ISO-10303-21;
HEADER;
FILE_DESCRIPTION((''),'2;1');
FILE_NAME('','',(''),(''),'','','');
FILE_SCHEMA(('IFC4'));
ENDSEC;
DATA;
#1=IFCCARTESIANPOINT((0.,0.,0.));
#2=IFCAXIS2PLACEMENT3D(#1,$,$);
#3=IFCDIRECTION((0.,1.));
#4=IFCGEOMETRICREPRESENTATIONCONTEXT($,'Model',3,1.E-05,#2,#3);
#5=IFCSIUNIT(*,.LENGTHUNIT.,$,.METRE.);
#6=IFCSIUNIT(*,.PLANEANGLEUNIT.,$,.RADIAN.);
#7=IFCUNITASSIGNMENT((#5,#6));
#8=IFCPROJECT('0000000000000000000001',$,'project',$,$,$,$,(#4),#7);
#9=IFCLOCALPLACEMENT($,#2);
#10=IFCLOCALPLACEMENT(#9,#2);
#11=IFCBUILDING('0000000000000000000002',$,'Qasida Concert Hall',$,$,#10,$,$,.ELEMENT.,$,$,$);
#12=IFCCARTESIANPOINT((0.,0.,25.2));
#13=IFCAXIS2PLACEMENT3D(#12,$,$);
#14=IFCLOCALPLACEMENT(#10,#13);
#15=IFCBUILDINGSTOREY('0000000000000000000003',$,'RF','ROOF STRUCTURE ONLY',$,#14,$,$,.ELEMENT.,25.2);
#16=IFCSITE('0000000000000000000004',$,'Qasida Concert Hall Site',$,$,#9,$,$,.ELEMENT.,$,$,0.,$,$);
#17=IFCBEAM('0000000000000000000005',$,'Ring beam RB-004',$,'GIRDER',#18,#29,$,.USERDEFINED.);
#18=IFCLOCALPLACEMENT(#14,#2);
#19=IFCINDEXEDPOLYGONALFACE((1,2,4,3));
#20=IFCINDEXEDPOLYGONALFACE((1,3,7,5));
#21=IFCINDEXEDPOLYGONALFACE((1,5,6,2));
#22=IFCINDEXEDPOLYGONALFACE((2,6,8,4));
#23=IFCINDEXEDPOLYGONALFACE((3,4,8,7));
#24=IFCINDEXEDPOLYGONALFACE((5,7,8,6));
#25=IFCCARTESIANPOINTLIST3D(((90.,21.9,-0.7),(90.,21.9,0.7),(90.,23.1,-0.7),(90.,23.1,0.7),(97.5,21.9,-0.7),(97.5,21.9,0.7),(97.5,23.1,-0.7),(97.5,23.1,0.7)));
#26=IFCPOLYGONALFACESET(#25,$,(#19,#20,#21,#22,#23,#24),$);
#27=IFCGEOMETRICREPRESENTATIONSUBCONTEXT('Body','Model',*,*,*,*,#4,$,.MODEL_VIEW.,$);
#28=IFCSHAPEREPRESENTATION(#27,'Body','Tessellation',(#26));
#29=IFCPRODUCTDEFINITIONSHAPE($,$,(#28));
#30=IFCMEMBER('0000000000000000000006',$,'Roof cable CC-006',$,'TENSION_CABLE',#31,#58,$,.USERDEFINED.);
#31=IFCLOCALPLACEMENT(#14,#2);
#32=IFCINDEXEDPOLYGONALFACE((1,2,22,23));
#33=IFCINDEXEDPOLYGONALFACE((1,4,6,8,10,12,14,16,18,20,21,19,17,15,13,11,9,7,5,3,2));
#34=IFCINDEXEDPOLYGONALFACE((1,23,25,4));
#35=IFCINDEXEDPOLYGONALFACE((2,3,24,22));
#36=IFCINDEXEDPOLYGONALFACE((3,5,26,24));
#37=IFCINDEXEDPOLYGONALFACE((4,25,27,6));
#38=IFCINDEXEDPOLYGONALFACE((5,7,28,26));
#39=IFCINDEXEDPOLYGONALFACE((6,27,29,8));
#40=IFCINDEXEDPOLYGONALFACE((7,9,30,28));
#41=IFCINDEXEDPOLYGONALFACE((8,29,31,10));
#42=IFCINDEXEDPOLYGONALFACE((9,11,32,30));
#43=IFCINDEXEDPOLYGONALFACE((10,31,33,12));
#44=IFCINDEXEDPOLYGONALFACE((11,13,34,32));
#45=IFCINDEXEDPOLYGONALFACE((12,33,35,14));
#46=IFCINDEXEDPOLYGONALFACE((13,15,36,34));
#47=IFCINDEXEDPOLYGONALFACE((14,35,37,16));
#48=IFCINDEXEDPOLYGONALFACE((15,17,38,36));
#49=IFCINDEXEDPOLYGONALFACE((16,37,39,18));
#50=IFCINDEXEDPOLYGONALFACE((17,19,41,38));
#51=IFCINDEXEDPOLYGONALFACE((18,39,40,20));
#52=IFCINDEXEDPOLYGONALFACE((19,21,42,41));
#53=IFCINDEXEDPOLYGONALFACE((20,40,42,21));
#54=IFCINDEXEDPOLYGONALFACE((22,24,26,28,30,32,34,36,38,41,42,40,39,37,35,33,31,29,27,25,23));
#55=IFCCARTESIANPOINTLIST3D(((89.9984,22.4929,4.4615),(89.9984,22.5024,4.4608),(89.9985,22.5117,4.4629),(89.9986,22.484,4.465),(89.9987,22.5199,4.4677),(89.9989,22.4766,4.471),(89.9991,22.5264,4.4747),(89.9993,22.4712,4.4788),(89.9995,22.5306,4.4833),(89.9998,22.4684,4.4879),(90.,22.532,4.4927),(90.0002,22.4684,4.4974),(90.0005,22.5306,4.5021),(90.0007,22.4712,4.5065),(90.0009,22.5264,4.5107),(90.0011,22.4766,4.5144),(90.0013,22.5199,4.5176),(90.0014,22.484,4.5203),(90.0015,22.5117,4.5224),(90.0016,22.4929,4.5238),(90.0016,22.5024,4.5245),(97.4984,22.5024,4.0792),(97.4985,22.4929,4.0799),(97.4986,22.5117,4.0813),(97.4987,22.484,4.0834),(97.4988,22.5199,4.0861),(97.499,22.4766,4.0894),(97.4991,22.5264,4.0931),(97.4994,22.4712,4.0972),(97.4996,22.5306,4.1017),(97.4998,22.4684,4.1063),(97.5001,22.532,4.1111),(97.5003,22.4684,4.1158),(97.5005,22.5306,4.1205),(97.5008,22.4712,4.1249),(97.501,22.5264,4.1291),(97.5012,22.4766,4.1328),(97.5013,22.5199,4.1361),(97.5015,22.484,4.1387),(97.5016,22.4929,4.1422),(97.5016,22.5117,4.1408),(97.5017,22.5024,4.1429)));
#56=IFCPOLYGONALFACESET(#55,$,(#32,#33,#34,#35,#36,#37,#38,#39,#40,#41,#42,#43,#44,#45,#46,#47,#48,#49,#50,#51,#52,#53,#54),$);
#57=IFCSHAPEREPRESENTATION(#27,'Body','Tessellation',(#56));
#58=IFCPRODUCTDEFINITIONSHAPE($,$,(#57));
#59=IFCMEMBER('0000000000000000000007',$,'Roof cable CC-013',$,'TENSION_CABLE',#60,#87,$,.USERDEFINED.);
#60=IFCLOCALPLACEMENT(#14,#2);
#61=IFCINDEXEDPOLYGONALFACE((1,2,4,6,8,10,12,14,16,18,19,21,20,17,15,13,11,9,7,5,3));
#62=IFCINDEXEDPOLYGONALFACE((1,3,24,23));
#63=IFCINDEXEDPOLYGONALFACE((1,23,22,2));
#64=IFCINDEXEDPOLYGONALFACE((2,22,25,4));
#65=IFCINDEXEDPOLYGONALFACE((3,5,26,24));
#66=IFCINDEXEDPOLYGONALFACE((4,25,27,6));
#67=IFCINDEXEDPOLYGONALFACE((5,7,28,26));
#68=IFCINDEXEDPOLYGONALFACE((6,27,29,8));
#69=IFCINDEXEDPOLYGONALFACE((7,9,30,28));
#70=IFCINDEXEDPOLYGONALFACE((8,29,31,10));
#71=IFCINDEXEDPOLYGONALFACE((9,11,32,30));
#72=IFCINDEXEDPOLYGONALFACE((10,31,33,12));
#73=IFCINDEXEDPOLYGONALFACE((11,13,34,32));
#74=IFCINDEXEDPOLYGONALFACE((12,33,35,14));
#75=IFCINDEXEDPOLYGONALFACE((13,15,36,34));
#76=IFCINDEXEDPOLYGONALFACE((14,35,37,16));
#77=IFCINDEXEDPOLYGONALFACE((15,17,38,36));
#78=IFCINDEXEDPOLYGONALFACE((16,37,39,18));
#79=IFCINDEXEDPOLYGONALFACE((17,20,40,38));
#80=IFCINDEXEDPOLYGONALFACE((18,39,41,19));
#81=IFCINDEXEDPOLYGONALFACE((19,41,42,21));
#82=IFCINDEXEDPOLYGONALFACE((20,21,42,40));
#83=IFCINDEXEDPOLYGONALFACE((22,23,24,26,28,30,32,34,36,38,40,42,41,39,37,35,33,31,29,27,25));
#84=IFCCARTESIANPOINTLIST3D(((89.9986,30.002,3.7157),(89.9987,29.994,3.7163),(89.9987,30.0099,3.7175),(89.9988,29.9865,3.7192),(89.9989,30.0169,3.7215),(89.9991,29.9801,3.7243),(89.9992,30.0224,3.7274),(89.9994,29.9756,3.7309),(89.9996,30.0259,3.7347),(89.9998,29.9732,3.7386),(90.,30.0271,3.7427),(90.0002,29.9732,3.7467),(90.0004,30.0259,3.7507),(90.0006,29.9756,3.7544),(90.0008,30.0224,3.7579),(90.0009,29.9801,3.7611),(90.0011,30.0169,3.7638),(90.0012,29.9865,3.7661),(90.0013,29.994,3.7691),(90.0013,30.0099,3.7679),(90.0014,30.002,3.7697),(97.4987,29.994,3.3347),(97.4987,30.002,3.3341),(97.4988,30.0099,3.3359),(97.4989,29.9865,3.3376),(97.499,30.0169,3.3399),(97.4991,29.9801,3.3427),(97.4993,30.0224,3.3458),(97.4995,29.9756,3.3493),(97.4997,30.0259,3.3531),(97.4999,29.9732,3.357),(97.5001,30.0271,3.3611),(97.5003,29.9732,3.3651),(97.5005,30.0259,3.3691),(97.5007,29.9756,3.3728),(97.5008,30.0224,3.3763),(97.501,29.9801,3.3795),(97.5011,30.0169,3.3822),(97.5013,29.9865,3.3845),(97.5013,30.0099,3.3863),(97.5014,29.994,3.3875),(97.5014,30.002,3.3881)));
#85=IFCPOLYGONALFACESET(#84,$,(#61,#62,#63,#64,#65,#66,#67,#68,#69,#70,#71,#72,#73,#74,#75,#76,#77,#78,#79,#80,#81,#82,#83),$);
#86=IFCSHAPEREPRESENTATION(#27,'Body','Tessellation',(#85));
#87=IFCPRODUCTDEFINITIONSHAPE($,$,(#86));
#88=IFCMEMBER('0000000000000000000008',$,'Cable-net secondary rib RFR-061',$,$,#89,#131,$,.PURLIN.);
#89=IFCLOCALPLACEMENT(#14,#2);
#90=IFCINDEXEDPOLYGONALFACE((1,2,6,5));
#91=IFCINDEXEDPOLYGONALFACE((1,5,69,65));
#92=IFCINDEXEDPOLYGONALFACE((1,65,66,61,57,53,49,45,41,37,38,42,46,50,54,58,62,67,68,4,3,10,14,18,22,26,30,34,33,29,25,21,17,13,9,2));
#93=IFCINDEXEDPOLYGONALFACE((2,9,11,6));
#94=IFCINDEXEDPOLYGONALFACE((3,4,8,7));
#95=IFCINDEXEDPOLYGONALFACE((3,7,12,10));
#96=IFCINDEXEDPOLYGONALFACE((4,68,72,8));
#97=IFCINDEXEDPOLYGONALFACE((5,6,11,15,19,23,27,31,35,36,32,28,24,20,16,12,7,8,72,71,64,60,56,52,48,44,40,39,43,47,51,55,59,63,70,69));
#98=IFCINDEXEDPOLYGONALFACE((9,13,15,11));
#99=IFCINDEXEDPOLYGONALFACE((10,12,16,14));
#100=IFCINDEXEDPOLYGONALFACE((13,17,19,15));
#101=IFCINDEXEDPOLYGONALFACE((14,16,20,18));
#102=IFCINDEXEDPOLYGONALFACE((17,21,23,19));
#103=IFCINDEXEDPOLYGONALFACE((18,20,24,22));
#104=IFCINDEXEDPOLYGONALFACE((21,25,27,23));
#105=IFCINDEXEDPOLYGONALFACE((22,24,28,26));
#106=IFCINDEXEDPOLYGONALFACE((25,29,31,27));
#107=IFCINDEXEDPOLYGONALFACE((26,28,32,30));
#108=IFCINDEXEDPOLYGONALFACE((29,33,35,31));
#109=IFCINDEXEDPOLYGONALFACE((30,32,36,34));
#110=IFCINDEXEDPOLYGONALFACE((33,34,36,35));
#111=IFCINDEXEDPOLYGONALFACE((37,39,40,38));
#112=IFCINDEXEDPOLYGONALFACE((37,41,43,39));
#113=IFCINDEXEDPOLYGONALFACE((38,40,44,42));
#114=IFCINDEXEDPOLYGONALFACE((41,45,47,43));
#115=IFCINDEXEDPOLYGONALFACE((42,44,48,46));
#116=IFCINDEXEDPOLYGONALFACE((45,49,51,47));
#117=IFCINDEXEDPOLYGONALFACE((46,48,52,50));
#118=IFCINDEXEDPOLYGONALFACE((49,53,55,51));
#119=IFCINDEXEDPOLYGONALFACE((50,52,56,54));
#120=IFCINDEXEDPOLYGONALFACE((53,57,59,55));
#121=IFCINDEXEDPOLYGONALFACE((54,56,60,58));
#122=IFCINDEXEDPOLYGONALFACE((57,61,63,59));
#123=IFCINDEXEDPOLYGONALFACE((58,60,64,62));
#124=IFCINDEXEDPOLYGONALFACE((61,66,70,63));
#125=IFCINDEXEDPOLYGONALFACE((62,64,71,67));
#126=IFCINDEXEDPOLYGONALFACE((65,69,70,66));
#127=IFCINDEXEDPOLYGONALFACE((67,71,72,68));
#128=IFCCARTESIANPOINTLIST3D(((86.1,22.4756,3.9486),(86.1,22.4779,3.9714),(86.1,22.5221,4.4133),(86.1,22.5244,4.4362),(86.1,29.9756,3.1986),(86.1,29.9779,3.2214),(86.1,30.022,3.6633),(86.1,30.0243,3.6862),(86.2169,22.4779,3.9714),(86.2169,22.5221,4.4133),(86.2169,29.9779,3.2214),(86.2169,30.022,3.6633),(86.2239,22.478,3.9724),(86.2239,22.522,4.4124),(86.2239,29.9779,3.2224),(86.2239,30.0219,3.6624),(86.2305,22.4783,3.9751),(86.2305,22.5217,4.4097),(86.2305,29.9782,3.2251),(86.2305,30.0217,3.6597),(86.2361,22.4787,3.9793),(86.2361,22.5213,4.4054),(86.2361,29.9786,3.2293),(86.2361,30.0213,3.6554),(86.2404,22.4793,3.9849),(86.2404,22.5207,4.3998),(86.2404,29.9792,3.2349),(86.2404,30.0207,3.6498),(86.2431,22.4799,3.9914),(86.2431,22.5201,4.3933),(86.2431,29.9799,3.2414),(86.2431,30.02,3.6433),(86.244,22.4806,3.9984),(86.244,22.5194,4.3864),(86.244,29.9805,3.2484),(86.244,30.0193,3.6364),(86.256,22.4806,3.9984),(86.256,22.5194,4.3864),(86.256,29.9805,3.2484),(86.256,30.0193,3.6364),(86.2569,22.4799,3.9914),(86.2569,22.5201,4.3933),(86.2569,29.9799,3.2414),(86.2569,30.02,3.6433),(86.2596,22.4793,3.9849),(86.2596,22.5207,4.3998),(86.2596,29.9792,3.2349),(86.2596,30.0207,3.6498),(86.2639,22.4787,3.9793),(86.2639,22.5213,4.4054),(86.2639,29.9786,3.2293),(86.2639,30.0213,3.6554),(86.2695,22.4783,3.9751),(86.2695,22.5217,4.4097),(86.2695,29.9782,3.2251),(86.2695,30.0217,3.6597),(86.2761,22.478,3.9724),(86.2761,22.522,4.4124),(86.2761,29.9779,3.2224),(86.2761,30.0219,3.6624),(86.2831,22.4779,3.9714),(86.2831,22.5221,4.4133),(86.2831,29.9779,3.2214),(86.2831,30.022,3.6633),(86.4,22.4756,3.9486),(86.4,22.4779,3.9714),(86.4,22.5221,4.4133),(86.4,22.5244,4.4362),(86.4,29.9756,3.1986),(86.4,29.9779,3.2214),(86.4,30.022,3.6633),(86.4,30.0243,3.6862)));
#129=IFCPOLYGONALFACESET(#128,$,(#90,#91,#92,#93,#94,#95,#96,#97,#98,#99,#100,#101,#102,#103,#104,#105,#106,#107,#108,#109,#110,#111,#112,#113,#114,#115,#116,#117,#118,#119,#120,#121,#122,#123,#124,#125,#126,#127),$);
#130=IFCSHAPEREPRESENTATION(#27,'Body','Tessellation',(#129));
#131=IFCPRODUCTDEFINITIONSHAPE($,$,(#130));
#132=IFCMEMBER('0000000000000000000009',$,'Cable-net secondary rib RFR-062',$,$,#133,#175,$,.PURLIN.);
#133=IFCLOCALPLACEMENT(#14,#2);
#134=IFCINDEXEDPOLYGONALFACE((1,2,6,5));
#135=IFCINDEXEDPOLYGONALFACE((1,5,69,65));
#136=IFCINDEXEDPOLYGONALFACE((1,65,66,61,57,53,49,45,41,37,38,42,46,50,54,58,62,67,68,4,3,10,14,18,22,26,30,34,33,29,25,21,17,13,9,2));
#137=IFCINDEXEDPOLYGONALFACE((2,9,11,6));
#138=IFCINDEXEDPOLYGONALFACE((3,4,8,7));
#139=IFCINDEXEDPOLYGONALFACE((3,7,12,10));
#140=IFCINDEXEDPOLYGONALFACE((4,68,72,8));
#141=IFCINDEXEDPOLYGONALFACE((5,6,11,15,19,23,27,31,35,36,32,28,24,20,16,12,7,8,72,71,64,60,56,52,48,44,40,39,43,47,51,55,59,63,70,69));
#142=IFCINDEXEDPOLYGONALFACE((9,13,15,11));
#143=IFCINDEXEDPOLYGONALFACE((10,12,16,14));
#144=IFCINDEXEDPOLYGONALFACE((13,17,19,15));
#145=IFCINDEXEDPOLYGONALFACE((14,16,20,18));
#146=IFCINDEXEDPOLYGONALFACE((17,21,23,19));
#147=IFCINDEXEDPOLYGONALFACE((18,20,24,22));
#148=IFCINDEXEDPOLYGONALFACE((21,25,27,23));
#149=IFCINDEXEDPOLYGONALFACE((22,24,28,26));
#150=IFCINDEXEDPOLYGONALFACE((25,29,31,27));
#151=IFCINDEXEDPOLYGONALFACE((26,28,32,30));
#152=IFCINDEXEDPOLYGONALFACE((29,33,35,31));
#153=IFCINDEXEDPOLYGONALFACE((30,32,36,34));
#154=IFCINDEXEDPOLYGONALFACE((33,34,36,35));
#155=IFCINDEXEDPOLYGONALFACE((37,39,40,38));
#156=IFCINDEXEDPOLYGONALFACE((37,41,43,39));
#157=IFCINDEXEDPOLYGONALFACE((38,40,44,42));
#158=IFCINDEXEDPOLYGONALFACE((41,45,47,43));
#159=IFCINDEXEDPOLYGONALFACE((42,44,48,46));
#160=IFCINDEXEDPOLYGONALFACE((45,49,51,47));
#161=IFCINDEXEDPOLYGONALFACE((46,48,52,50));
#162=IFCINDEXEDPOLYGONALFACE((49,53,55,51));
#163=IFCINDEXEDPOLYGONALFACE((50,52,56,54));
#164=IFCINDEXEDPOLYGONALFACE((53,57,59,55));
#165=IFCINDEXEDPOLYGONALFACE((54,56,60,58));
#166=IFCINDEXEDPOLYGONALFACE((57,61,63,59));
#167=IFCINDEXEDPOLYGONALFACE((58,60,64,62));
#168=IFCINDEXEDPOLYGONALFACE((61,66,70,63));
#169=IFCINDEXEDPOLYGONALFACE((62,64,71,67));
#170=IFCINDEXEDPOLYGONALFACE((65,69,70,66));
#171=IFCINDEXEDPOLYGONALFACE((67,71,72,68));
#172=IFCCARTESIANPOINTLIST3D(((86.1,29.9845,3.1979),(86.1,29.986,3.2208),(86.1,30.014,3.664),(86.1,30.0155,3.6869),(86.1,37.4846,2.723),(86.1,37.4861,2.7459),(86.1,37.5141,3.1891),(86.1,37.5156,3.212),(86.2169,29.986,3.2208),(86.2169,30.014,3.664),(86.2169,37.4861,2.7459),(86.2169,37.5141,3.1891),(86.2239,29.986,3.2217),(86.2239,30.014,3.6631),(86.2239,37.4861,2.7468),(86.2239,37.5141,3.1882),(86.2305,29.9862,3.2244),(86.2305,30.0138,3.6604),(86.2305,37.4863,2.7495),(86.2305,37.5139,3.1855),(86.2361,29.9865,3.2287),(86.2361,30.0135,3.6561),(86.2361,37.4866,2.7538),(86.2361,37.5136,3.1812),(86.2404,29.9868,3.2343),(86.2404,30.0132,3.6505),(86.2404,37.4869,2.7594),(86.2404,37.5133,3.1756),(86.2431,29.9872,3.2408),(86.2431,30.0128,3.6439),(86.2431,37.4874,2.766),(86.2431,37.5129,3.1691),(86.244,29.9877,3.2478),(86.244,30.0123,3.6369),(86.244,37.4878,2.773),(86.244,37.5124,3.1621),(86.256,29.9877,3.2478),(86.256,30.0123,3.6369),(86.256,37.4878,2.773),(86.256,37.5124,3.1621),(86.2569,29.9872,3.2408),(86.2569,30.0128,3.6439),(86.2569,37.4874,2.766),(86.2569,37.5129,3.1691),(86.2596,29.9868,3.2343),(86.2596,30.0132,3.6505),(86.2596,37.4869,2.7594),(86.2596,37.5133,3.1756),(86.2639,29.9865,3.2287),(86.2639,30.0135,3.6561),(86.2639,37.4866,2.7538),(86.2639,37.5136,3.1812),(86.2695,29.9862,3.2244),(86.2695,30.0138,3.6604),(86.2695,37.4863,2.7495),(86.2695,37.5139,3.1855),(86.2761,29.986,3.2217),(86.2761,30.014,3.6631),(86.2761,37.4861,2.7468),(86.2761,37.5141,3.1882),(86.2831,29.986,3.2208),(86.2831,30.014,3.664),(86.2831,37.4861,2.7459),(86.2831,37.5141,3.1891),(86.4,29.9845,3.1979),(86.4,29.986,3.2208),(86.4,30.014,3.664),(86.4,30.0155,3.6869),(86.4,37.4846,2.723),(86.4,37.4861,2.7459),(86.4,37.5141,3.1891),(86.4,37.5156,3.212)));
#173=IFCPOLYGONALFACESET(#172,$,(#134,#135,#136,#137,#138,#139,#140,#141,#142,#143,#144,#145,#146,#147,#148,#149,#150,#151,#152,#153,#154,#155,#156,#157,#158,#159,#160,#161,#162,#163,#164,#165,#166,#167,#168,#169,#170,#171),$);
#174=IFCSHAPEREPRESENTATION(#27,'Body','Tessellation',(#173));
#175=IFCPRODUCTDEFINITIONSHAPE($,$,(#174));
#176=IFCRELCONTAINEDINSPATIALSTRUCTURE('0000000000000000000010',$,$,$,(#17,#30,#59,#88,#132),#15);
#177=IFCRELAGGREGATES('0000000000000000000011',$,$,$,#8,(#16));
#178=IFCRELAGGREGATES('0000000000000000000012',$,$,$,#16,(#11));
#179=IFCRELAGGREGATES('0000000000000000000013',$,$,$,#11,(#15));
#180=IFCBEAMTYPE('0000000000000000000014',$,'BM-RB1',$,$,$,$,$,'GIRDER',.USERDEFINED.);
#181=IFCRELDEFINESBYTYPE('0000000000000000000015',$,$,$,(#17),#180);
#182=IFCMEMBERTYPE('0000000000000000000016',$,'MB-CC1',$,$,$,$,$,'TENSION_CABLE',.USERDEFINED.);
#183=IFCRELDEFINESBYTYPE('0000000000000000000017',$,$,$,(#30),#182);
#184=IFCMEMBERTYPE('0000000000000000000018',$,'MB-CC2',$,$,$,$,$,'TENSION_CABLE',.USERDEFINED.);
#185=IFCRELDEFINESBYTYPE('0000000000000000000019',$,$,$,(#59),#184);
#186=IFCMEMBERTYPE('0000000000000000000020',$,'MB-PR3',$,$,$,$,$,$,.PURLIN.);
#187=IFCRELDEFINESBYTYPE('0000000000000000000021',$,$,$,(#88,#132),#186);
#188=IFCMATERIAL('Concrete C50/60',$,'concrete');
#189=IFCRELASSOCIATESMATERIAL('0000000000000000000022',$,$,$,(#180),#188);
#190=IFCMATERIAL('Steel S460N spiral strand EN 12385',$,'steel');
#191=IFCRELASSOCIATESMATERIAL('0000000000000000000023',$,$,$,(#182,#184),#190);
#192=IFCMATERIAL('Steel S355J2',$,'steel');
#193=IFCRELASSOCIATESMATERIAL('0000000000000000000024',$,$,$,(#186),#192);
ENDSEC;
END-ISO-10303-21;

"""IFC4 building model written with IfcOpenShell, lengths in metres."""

from ifc_helpers import new_model, si_unit, direction, frame, origin, origin_2d, place, context, subcontext, project, spatial, rectangle, circle, i_section, extrude, material, material_profile, profile_set, type_object, element, save


model = new_model("IFC4")

# Units and contexts
model_context = context("Model", 3, precision=1e-05, world=origin(), true_north=direction((0.0, 1.0)))
body_context = subcontext(model_context, "Body", "Model", "MODEL_VIEW")
ifc_project = project(units=[si_unit("LENGTHUNIT", "METRE"), si_unit("PLANEANGLEUNIT", "RADIAN")], contexts=[model_context])

# Site, building, storey
site_placement = place(None, origin())
site = spatial("IfcSite", under=ifc_project, at=site_placement, Name="Qasida Concert Hall Site", CompositionType="ELEMENT", RefElevation=0.0)
building_placement = place(site_placement, origin())
building = spatial("IfcBuilding", under=site, at=building_placement, Name="Qasida Concert Hall", CompositionType="ELEMENT")
storey_placement = place(building_placement, frame((0.0, 0.0, 25.2)))
storey = spatial("IfcBuildingStorey", under=building, at=storey_placement, Name="RF", Description="ROOF STRUCTURE ONLY", CompositionType="ELEMENT", Elevation=25.2)

# Beam
ifc_material_1 = material(Name="Concrete C50/60", Category="concrete")
ifc_material_profile_1 = material_profile(ifc_material_1, rectangle(XDim=1.2, YDim=1.3999, at=origin_2d()), Name="RC 1200x1400")
ifc_profile_set_1 = profile_set([ifc_material_profile_1], Name="Concrete C50/60")
beam_type = type_object("IfcBeamType", Name="BM-RB1", ElementType="GIRDER", PredefinedType="USERDEFINED", material=ifc_profile_set_1)
beam_placement = place(storey_placement, frame((90.0, 22.5, 0.0), z_axis=(1.0, 0.0, 0.0), x_axis=(0.0, 1.0, 0.0)))
element("IfcBeam", 1, at=beam_placement, inside=storey, type_object=beam_type, Name="Ring beam RB-004", ObjectType="GIRDER", PredefinedType="USERDEFINED", context=body_context, shape_type="SweptSolid", body=[
    extrude(rectangle(XDim=1.2, YDim=1.3999, at=origin_2d()), origin(), (0.0, 0.0, 1.0), 7.5),
])

# Members
ifc_material_2 = material(Name="Steel S460N spiral strand EN 12385", Category="steel")
ifc_material_profile_2 = material_profile(ifc_material_2, circle(Radius=0.032, at=origin_2d()), Name="STRAND D64")
ifc_profile_set_2 = profile_set([ifc_material_profile_2], Name="Steel S460N spiral strand EN 12385")
member_type_1 = type_object("IfcMemberType", Name="MB-CC1", ElementType="TENSION_CABLE", PredefinedType="USERDEFINED", material=ifc_profile_set_2)
member_1_placement = place(storey_placement, frame((90.0, 22.5, 4.4927), z_axis=(0.998708, 0.0, -0.050813), x_axis=(0.0, 1.0, 0.0)))
element("IfcMember", 2, at=member_1_placement, inside=storey, type_object=member_type_1, Name="Roof cable CC-006", ObjectType="TENSION_CABLE", PredefinedType="USERDEFINED", context=body_context, shape_type="SweptSolid", body=[
    extrude(circle(Radius=0.032, at=origin_2d()), origin(), (0.0, 0.0, 1.0), 7.5098),
])
ifc_material_profile_3 = material_profile(ifc_material_2, circle(Radius=0.0271, at=origin_2d()), Name="STRAND D54")
ifc_profile_set_3 = profile_set([ifc_material_profile_3], Name="Steel S460N spiral strand EN 12385")
member_type_2 = type_object("IfcMemberType", Name="MB-CC2", ElementType="TENSION_CABLE", PredefinedType="USERDEFINED", material=ifc_profile_set_3)
member_2_placement = place(storey_placement, frame((90.0, 30.0, 3.7427), z_axis=(0.998708, 0.0, -0.050813), x_axis=(0.0, 1.0, 0.0)))
element("IfcMember", 3, at=member_2_placement, inside=storey, type_object=member_type_2, Name="Roof cable CC-013", ObjectType="TENSION_CABLE", PredefinedType="USERDEFINED", context=body_context, shape_type="SweptSolid", body=[
    extrude(circle(Radius=0.0271, at=origin_2d()), origin(), (0.0, 0.0, 1.0), 7.5098),
])
ifc_material_3 = material(Name="Steel S355J2", Category="steel")
ifc_material_profile_4 = material_profile(ifc_material_3, i_section(OverallWidth=0.3, OverallDepth=0.49, WebThickness=0.012, FlangeThickness=0.0229, FilletRadius=0.0271, at=origin_2d()), Name="HEA 500")
ifc_profile_set_4 = profile_set([ifc_material_profile_4], Name="Steel S355J2")
member_type_3 = type_object("IfcMemberType", Name="MB-PR3", PredefinedType="PURLIN", material=ifc_profile_set_4)
member_3_placement = place(storey_placement, frame((86.25, 22.5, 4.1924), z_axis=(0.0, 0.995037, -0.099504), x_axis=(-1.0, 0.0, 0.0)))
element("IfcMember", 4, at=member_3_placement, inside=storey, type_object=member_type_3, Name="Cable-net secondary rib RFR-061", PredefinedType="PURLIN", context=body_context, shape_type="SweptSolid", body=[
    extrude(i_section(OverallWidth=0.3, OverallDepth=0.49, WebThickness=0.012, FlangeThickness=0.0229, FilletRadius=0.0271, at=origin_2d()), origin(), (0.0, 0.0, 1.0), 7.5374),
])
member_4_placement = place(storey_placement, frame((86.25, 30.0, 3.4424), z_axis=(0.0, 0.998002, -0.063187), x_axis=(-1.0, 0.0, 0.0)))
element("IfcMember", 5, at=member_4_placement, inside=storey, type_object=member_type_3, Name="Cable-net secondary rib RFR-062", PredefinedType="PURLIN", context=body_context, shape_type="SweptSolid", body=[
    extrude(i_section(OverallWidth=0.3, OverallDepth=0.49, WebThickness=0.012, FlangeThickness=0.0229, FilletRadius=0.0271, at=origin_2d()), origin(), (0.0, 0.0, 1.0), 7.5151),
])

save(model, "model.ifc")
